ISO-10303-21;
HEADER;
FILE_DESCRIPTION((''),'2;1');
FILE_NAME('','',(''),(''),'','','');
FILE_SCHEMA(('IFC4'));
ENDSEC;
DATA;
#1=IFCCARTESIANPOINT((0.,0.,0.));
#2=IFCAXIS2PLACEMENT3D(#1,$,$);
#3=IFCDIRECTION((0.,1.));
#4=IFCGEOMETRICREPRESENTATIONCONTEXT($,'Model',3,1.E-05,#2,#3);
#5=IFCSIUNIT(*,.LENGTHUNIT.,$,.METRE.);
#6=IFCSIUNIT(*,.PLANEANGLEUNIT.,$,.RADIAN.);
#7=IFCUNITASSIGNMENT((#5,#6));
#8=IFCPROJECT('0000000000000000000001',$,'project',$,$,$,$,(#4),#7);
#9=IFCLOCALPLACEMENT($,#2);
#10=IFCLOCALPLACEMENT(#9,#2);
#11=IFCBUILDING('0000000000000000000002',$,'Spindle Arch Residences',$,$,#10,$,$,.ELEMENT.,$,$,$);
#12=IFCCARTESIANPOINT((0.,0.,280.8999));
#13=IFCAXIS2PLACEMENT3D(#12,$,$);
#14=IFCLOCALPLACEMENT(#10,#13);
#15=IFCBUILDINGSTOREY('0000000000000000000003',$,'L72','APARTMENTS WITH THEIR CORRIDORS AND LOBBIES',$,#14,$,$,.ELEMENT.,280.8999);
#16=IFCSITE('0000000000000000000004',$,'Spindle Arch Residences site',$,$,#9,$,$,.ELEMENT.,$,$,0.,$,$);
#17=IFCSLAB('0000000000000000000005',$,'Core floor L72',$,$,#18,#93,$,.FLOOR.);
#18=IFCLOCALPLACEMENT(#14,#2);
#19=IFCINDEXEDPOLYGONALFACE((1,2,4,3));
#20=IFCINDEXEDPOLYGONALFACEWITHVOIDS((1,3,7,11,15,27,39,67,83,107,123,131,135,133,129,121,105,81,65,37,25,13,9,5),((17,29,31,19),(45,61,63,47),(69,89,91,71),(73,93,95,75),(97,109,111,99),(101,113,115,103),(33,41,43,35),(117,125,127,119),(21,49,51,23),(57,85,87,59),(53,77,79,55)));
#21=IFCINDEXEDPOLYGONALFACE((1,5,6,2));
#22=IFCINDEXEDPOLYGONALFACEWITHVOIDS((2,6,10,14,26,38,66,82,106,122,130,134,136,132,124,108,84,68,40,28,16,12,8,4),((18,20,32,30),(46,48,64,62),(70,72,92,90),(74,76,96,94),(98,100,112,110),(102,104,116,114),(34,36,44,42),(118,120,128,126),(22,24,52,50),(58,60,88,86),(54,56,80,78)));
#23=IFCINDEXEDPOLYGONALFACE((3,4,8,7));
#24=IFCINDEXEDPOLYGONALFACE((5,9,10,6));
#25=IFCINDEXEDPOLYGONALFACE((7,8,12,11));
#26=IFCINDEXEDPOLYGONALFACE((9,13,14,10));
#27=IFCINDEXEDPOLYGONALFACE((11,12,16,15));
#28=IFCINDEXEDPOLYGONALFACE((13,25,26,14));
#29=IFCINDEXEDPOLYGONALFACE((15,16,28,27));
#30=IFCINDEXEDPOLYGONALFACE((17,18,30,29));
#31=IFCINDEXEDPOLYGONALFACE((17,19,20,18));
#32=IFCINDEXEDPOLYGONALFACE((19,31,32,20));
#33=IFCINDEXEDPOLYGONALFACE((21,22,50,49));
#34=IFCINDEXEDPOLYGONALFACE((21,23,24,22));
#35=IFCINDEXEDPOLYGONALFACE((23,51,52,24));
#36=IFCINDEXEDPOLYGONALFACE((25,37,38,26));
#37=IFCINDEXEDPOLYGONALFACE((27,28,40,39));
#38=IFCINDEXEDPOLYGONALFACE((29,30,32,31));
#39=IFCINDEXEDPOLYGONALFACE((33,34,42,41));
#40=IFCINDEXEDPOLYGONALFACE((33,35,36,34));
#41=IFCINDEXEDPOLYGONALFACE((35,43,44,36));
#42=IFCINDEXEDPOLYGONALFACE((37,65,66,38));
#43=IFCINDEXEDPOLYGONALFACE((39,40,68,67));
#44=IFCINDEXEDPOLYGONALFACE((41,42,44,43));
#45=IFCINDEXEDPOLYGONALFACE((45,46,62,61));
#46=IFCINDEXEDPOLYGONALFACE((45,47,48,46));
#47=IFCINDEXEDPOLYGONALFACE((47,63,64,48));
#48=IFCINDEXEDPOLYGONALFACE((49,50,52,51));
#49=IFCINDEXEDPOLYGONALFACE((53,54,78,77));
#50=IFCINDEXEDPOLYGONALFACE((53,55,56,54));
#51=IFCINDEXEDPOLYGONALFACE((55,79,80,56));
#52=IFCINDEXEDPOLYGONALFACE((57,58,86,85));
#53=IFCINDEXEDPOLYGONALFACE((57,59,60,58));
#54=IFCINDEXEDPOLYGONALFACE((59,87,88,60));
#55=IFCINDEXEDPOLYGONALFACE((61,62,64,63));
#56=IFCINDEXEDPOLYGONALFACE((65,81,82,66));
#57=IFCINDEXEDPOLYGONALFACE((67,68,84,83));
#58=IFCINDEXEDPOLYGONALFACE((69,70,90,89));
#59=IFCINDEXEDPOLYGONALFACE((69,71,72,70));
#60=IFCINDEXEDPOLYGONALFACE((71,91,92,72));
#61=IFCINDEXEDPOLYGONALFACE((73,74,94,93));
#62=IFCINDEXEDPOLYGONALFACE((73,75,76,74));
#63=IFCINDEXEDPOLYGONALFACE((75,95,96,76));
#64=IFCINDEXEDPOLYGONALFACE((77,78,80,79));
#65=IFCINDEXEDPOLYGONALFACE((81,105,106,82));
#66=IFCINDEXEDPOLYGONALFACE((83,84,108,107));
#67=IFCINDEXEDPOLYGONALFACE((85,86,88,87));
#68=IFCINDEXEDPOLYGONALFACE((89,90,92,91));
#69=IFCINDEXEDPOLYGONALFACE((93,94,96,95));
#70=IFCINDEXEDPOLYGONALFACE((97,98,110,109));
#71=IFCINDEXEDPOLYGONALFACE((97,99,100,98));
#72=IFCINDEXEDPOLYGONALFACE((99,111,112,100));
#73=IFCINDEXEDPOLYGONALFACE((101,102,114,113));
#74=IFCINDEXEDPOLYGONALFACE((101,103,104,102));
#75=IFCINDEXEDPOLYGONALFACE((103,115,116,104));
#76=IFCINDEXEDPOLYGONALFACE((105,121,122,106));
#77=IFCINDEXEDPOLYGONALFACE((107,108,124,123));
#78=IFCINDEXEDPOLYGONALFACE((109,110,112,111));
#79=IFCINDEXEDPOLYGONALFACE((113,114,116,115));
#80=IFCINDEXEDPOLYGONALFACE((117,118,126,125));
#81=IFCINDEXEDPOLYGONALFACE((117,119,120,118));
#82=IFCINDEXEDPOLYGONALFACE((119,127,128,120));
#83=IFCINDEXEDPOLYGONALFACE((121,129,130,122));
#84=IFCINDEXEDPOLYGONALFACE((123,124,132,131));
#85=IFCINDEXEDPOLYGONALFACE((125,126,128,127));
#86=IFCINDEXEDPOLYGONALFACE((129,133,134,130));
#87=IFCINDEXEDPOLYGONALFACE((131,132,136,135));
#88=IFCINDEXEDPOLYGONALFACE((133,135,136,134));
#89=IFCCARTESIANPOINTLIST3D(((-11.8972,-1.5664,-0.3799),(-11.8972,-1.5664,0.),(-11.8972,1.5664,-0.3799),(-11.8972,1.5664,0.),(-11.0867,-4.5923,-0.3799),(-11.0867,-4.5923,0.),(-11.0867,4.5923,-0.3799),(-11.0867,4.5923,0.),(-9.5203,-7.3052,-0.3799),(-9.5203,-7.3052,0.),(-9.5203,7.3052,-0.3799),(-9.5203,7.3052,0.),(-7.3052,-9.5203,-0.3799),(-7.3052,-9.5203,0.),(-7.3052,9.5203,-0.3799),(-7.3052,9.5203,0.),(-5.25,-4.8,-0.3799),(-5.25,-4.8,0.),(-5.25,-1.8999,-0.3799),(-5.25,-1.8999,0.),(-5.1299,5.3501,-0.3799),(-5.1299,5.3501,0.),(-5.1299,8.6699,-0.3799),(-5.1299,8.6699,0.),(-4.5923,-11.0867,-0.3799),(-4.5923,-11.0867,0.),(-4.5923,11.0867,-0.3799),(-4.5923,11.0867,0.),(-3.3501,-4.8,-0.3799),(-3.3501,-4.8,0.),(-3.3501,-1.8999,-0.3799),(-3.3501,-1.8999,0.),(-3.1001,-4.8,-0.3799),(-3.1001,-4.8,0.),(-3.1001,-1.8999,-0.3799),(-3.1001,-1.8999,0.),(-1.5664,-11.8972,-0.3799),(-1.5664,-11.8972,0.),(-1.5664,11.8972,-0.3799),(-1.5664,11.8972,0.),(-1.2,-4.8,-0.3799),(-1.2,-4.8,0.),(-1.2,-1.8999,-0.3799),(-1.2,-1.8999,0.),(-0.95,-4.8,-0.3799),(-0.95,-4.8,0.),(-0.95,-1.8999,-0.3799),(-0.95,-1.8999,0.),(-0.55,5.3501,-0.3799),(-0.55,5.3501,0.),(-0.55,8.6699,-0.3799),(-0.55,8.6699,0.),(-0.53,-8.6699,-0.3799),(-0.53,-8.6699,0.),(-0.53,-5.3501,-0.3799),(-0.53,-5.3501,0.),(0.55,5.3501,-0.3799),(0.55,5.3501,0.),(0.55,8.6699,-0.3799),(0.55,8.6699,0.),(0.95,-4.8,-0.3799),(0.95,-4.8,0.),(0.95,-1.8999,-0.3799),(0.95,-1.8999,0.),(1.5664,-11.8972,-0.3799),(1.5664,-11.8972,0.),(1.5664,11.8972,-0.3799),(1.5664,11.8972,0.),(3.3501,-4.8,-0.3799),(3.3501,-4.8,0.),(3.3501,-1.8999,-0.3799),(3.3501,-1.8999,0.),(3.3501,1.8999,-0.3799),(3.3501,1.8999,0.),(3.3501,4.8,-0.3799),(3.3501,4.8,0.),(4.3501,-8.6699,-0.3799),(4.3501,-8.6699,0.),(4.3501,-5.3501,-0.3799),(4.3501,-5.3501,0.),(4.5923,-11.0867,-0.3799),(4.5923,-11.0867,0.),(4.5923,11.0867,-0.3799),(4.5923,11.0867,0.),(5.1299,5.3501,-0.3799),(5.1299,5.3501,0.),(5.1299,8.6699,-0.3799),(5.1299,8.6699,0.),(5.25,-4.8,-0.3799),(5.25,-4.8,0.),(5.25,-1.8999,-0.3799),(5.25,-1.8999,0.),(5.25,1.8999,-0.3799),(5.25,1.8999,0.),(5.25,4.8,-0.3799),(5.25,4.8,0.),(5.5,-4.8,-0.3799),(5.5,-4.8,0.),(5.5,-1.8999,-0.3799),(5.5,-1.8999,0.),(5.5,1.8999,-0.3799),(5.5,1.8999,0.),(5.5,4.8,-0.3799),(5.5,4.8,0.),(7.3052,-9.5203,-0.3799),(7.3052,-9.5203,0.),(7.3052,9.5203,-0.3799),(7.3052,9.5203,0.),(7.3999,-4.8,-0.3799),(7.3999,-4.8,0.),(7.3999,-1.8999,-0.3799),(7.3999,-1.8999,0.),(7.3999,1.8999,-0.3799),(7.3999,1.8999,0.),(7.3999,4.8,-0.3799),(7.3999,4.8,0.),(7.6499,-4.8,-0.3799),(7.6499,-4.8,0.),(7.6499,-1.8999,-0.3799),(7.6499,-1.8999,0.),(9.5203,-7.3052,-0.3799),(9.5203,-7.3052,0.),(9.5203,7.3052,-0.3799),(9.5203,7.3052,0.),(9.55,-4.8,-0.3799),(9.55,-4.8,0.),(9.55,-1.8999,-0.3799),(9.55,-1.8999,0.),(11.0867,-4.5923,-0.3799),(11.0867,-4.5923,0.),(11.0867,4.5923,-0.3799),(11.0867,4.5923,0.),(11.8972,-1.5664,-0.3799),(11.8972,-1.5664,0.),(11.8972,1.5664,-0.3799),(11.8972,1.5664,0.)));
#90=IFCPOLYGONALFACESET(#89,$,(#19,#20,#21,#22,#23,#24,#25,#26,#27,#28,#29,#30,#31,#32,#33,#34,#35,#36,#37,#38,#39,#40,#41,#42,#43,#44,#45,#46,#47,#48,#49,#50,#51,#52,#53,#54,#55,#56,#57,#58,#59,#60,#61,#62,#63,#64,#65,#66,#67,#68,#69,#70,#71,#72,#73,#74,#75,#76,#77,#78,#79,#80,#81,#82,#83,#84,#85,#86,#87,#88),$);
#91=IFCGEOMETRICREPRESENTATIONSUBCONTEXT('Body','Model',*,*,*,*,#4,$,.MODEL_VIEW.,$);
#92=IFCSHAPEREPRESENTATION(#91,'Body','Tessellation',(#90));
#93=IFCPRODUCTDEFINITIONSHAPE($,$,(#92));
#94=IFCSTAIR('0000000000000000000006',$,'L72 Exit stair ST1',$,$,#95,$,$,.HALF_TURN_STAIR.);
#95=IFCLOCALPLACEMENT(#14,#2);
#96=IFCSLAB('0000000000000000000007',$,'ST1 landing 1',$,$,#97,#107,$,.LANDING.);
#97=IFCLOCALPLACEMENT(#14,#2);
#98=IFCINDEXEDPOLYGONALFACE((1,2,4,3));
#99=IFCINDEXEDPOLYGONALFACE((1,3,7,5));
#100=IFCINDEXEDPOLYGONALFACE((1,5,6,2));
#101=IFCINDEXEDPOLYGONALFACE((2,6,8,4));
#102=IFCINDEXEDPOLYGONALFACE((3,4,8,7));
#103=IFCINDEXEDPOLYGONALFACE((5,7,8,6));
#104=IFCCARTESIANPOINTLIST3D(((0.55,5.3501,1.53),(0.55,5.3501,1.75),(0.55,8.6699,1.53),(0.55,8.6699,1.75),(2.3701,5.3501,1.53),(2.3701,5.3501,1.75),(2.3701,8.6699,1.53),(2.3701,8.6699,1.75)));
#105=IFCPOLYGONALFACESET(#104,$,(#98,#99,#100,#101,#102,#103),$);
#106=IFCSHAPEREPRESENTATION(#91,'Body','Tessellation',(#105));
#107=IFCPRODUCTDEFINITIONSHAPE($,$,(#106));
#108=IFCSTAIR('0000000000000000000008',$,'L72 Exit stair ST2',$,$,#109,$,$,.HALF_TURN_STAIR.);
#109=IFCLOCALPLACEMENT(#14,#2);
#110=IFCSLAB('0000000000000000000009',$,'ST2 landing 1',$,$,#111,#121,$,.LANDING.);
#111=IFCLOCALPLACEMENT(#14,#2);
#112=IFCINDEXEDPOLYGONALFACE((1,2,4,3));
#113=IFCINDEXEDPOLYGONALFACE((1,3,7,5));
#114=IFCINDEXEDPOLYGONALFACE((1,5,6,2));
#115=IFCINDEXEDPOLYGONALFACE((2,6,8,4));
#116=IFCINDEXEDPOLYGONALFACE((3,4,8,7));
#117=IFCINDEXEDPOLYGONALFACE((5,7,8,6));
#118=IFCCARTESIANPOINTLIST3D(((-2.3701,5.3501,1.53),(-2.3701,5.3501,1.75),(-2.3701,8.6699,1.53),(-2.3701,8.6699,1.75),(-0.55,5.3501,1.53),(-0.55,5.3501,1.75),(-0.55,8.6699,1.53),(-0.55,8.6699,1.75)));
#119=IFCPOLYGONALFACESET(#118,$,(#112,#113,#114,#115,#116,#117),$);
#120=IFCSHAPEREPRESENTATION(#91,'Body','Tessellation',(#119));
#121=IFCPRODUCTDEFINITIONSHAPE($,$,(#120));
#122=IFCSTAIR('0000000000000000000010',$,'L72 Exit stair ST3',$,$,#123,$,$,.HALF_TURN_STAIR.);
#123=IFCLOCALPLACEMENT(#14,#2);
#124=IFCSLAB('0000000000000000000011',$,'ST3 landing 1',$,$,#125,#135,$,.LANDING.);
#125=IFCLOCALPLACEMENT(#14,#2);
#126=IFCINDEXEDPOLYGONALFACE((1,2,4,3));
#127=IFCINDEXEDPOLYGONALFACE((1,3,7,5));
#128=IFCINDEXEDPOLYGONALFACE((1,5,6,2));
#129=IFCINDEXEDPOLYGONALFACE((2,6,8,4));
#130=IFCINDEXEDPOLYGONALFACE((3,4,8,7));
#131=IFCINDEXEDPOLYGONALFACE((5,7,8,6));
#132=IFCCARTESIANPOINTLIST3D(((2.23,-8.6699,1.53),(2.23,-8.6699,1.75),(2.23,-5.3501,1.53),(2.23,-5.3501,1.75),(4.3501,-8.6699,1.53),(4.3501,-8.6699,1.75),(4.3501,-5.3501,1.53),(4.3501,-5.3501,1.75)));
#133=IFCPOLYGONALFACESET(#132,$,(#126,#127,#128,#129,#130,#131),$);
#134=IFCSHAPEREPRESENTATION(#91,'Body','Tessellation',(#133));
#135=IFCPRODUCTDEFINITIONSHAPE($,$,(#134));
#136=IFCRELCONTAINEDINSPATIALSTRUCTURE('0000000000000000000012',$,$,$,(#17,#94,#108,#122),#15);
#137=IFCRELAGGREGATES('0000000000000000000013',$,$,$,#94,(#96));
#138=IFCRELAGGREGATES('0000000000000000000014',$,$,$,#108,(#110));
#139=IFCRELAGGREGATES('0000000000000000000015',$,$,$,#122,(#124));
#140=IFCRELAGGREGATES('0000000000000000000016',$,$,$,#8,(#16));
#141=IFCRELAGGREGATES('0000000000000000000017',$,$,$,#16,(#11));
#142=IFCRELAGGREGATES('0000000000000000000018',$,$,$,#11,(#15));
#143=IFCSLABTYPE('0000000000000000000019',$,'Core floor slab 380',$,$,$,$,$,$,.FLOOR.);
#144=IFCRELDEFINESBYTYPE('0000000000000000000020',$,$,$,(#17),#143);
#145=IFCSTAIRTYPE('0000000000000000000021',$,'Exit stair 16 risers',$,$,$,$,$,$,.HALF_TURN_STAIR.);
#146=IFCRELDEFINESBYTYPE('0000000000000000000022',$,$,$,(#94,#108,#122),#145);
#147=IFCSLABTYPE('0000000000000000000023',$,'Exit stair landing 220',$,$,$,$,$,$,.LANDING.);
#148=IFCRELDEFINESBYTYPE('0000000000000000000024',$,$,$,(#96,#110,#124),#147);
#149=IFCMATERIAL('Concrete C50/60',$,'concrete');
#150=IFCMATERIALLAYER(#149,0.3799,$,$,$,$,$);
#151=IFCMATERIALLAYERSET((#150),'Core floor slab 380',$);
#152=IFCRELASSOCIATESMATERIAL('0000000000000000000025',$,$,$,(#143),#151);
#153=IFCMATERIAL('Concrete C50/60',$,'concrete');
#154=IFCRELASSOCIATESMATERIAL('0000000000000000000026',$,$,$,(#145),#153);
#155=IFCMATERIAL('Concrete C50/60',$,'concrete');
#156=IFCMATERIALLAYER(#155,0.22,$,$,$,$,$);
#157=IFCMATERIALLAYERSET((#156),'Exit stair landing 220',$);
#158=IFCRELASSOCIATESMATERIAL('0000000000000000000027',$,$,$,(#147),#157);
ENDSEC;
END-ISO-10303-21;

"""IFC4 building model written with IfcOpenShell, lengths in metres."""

from ifc_helpers import new_model, si_unit, direction, frame, origin, place, context, subcontext, project, spatial, polyline, outline, extrude, material, layer, layer_set, type_object, element, aggregate, save


model = new_model("IFC4")

# Units and contexts
model_context = context("Model", 3, precision=1e-05, world=origin(), true_north=direction((0.0, 1.0)))
body_context = subcontext(model_context, "Body", "Model", "MODEL_VIEW")
ifc_project = project(units=[si_unit("LENGTHUNIT", "METRE"), si_unit("PLANEANGLEUNIT", "RADIAN")], contexts=[model_context])

# Site, building, storey
site_placement = place(None, origin())
site = spatial("IfcSite", under=ifc_project, at=site_placement, Name="Spindle Arch Residences site", CompositionType="ELEMENT", RefElevation=0.0)
building_placement = place(site_placement, origin())
building = spatial("IfcBuilding", under=site, at=building_placement, Name="Spindle Arch Residences", CompositionType="ELEMENT")
storey_placement = place(building_placement, frame((0.0, 0.0, 280.8999)))
storey = spatial("IfcBuildingStorey", under=building, at=storey_placement, Name="L72", Description="APARTMENTS WITH THEIR CORRIDORS AND LOBBIES", CompositionType="ELEMENT", Elevation=280.8999)

# Slab
ifc_material_1 = material(Name="Concrete C50/60", Category="concrete")
ifc_layer_1 = layer(ifc_material_1, 0.3799)
ifc_layer_set_1 = layer_set([ifc_layer_1], Name="Core floor slab 380")
slab_type_1 = type_object("IfcSlabType", Name="Core floor slab 380", PredefinedType="FLOOR", material=ifc_layer_set_1)
slab_1_placement = place(storey_placement, frame((0.0, 0.0, -0.3799)))
element("IfcSlab", 1, at=slab_1_placement, inside=storey, type_object=slab_type_1, Name="Core floor L72", PredefinedType="FLOOR", context=body_context, shape_type="SweptSolid", body=[
    extrude(outline(polyline([(1.5664, -11.8972), (4.5923, -11.0867), (7.3052, -9.5203), (9.5203, -7.3052), (11.0867, -4.5923), (11.8972, -1.5664), (11.8972, 1.5664), (11.0867, 4.5923), (9.5203, 7.3052), (7.3052, 9.5203), (4.5923, 11.0867), (1.5664, 11.8972), (-1.5664, 11.8972), (-4.5923, 11.0867), (-7.3052, 9.5203), (-9.5203, 7.3052), (-11.0867, 4.5923), (-11.8972, 1.5664), (-11.8972, -1.5664), (-11.0867, -4.5923), (-9.5203, -7.3052), (-7.3052, -9.5203), (-4.5923, -11.0867), (-1.5664, -11.8972), (1.5664, -11.8972)]), holes=[polyline([(3.3501, 1.8999), (5.25, 1.8999), (5.25, 4.8), (3.3501, 4.8), (3.3501, 1.8999)]), polyline([(5.5, 1.8999), (7.3999, 1.8999), (7.3999, 4.8), (5.5, 4.8), (5.5, 1.8999)]), polyline([(-5.25, -4.8), (-3.3501, -4.8), (-3.3501, -1.8999), (-5.25, -1.8999), (-5.25, -4.8)]), polyline([(-3.1001, -4.8), (-1.2, -4.8), (-1.2, -1.8999), (-3.1001, -1.8999), (-3.1001, -4.8)]), polyline([(-0.95, -4.8), (0.95, -4.8), (0.95, -1.8999), (-0.95, -1.8999), (-0.95, -4.8)]), polyline([(3.3501, -4.8), (5.25, -4.8), (5.25, -1.8999), (3.3501, -1.8999), (3.3501, -4.8)]), polyline([(5.5, -4.8), (7.3999, -4.8), (7.3999, -1.8999), (5.5, -1.8999), (5.5, -4.8)]), polyline([(7.6499, -4.8), (9.55, -4.8), (9.55, -1.8999), (7.6499, -1.8999), (7.6499, -4.8)]), polyline([(5.1299, 8.6699), (0.55, 8.6699), (0.55, 5.3501), (5.1299, 5.3501), (5.1299, 8.6699)]), polyline([(-5.1299, 5.3501), (-0.55, 5.3501), (-0.55, 8.6699), (-5.1299, 8.6699), (-5.1299, 5.3501)]), polyline([(-0.53, -8.6699), (4.3501, -8.6699), (4.3501, -5.3501), (-0.53, -5.3501), (-0.53, -8.6699)])]), origin(), (0.0, 0.0, 1.0), 0.3799),
])

# Stairs, slabs
ifc_material_2 = material(Name="Concrete C50/60", Category="concrete")
stair_type = type_object("IfcStairType", Name="Exit stair 16 risers", PredefinedType="HALF_TURN_STAIR", material=ifc_material_2)
stair_1_placement = place(storey_placement, origin())
stair_1 = element("IfcStair", 2, at=stair_1_placement, inside=storey, type_object=stair_type, Name="L72 Exit stair ST1", PredefinedType="HALF_TURN_STAIR")
ifc_material_3 = material(Name="Concrete C50/60", Category="concrete")
ifc_layer_2 = layer(ifc_material_3, 0.22)
ifc_layer_set_2 = layer_set([ifc_layer_2], Name="Exit stair landing 220")
slab_type_2 = type_object("IfcSlabType", Name="Exit stair landing 220", PredefinedType="LANDING", material=ifc_layer_set_2)
slab_2_placement = place(storey_placement, frame((0.0, 0.0, 1.53)))
slab_2 = element("IfcSlab", 3, at=slab_2_placement, type_object=slab_type_2, Name="ST1 landing 1", PredefinedType="LANDING", context=body_context, shape_type="SweptSolid", body=[
    extrude(outline(polyline([(2.3701, 8.6699), (0.55, 8.6699), (0.55, 5.3501), (2.3701, 5.3501), (2.3701, 8.6699)])), origin(), (0.0, 0.0, 1.0), 0.22),
])
aggregate(stair_1, [slab_2])
stair_2_placement = place(storey_placement, origin())
stair_2 = element("IfcStair", 4, at=stair_2_placement, inside=storey, type_object=stair_type, Name="L72 Exit stair ST2", PredefinedType="HALF_TURN_STAIR")
slab_3_placement = place(storey_placement, frame((0.0, 0.0, 1.53)))
slab_3 = element("IfcSlab", 5, at=slab_3_placement, type_object=slab_type_2, Name="ST2 landing 1", PredefinedType="LANDING", context=body_context, shape_type="SweptSolid", body=[
    extrude(outline(polyline([(-2.3701, 5.3501), (-0.55, 5.3501), (-0.55, 8.6699), (-2.3701, 8.6699), (-2.3701, 5.3501)])), origin(), (0.0, 0.0, 1.0), 0.22),
])
aggregate(stair_2, [slab_3])
stair_3_placement = place(storey_placement, origin())
stair_3 = element("IfcStair", 6, at=stair_3_placement, inside=storey, type_object=stair_type, Name="L72 Exit stair ST3", PredefinedType="HALF_TURN_STAIR")
slab_4_placement = place(storey_placement, frame((0.0, 0.0, 1.53)))
slab_4 = element("IfcSlab", 7, at=slab_4_placement, type_object=slab_type_2, Name="ST3 landing 1", PredefinedType="LANDING", context=body_context, shape_type="SweptSolid", body=[
    extrude(outline(polyline([(2.23, -8.6699), (4.3501, -8.6699), (4.3501, -5.3501), (2.23, -5.3501), (2.23, -8.6699)])), origin(), (0.0, 0.0, 1.0), 0.22),
])

aggregate(stair_3, [slab_4])

save(model, "model.ifc")
